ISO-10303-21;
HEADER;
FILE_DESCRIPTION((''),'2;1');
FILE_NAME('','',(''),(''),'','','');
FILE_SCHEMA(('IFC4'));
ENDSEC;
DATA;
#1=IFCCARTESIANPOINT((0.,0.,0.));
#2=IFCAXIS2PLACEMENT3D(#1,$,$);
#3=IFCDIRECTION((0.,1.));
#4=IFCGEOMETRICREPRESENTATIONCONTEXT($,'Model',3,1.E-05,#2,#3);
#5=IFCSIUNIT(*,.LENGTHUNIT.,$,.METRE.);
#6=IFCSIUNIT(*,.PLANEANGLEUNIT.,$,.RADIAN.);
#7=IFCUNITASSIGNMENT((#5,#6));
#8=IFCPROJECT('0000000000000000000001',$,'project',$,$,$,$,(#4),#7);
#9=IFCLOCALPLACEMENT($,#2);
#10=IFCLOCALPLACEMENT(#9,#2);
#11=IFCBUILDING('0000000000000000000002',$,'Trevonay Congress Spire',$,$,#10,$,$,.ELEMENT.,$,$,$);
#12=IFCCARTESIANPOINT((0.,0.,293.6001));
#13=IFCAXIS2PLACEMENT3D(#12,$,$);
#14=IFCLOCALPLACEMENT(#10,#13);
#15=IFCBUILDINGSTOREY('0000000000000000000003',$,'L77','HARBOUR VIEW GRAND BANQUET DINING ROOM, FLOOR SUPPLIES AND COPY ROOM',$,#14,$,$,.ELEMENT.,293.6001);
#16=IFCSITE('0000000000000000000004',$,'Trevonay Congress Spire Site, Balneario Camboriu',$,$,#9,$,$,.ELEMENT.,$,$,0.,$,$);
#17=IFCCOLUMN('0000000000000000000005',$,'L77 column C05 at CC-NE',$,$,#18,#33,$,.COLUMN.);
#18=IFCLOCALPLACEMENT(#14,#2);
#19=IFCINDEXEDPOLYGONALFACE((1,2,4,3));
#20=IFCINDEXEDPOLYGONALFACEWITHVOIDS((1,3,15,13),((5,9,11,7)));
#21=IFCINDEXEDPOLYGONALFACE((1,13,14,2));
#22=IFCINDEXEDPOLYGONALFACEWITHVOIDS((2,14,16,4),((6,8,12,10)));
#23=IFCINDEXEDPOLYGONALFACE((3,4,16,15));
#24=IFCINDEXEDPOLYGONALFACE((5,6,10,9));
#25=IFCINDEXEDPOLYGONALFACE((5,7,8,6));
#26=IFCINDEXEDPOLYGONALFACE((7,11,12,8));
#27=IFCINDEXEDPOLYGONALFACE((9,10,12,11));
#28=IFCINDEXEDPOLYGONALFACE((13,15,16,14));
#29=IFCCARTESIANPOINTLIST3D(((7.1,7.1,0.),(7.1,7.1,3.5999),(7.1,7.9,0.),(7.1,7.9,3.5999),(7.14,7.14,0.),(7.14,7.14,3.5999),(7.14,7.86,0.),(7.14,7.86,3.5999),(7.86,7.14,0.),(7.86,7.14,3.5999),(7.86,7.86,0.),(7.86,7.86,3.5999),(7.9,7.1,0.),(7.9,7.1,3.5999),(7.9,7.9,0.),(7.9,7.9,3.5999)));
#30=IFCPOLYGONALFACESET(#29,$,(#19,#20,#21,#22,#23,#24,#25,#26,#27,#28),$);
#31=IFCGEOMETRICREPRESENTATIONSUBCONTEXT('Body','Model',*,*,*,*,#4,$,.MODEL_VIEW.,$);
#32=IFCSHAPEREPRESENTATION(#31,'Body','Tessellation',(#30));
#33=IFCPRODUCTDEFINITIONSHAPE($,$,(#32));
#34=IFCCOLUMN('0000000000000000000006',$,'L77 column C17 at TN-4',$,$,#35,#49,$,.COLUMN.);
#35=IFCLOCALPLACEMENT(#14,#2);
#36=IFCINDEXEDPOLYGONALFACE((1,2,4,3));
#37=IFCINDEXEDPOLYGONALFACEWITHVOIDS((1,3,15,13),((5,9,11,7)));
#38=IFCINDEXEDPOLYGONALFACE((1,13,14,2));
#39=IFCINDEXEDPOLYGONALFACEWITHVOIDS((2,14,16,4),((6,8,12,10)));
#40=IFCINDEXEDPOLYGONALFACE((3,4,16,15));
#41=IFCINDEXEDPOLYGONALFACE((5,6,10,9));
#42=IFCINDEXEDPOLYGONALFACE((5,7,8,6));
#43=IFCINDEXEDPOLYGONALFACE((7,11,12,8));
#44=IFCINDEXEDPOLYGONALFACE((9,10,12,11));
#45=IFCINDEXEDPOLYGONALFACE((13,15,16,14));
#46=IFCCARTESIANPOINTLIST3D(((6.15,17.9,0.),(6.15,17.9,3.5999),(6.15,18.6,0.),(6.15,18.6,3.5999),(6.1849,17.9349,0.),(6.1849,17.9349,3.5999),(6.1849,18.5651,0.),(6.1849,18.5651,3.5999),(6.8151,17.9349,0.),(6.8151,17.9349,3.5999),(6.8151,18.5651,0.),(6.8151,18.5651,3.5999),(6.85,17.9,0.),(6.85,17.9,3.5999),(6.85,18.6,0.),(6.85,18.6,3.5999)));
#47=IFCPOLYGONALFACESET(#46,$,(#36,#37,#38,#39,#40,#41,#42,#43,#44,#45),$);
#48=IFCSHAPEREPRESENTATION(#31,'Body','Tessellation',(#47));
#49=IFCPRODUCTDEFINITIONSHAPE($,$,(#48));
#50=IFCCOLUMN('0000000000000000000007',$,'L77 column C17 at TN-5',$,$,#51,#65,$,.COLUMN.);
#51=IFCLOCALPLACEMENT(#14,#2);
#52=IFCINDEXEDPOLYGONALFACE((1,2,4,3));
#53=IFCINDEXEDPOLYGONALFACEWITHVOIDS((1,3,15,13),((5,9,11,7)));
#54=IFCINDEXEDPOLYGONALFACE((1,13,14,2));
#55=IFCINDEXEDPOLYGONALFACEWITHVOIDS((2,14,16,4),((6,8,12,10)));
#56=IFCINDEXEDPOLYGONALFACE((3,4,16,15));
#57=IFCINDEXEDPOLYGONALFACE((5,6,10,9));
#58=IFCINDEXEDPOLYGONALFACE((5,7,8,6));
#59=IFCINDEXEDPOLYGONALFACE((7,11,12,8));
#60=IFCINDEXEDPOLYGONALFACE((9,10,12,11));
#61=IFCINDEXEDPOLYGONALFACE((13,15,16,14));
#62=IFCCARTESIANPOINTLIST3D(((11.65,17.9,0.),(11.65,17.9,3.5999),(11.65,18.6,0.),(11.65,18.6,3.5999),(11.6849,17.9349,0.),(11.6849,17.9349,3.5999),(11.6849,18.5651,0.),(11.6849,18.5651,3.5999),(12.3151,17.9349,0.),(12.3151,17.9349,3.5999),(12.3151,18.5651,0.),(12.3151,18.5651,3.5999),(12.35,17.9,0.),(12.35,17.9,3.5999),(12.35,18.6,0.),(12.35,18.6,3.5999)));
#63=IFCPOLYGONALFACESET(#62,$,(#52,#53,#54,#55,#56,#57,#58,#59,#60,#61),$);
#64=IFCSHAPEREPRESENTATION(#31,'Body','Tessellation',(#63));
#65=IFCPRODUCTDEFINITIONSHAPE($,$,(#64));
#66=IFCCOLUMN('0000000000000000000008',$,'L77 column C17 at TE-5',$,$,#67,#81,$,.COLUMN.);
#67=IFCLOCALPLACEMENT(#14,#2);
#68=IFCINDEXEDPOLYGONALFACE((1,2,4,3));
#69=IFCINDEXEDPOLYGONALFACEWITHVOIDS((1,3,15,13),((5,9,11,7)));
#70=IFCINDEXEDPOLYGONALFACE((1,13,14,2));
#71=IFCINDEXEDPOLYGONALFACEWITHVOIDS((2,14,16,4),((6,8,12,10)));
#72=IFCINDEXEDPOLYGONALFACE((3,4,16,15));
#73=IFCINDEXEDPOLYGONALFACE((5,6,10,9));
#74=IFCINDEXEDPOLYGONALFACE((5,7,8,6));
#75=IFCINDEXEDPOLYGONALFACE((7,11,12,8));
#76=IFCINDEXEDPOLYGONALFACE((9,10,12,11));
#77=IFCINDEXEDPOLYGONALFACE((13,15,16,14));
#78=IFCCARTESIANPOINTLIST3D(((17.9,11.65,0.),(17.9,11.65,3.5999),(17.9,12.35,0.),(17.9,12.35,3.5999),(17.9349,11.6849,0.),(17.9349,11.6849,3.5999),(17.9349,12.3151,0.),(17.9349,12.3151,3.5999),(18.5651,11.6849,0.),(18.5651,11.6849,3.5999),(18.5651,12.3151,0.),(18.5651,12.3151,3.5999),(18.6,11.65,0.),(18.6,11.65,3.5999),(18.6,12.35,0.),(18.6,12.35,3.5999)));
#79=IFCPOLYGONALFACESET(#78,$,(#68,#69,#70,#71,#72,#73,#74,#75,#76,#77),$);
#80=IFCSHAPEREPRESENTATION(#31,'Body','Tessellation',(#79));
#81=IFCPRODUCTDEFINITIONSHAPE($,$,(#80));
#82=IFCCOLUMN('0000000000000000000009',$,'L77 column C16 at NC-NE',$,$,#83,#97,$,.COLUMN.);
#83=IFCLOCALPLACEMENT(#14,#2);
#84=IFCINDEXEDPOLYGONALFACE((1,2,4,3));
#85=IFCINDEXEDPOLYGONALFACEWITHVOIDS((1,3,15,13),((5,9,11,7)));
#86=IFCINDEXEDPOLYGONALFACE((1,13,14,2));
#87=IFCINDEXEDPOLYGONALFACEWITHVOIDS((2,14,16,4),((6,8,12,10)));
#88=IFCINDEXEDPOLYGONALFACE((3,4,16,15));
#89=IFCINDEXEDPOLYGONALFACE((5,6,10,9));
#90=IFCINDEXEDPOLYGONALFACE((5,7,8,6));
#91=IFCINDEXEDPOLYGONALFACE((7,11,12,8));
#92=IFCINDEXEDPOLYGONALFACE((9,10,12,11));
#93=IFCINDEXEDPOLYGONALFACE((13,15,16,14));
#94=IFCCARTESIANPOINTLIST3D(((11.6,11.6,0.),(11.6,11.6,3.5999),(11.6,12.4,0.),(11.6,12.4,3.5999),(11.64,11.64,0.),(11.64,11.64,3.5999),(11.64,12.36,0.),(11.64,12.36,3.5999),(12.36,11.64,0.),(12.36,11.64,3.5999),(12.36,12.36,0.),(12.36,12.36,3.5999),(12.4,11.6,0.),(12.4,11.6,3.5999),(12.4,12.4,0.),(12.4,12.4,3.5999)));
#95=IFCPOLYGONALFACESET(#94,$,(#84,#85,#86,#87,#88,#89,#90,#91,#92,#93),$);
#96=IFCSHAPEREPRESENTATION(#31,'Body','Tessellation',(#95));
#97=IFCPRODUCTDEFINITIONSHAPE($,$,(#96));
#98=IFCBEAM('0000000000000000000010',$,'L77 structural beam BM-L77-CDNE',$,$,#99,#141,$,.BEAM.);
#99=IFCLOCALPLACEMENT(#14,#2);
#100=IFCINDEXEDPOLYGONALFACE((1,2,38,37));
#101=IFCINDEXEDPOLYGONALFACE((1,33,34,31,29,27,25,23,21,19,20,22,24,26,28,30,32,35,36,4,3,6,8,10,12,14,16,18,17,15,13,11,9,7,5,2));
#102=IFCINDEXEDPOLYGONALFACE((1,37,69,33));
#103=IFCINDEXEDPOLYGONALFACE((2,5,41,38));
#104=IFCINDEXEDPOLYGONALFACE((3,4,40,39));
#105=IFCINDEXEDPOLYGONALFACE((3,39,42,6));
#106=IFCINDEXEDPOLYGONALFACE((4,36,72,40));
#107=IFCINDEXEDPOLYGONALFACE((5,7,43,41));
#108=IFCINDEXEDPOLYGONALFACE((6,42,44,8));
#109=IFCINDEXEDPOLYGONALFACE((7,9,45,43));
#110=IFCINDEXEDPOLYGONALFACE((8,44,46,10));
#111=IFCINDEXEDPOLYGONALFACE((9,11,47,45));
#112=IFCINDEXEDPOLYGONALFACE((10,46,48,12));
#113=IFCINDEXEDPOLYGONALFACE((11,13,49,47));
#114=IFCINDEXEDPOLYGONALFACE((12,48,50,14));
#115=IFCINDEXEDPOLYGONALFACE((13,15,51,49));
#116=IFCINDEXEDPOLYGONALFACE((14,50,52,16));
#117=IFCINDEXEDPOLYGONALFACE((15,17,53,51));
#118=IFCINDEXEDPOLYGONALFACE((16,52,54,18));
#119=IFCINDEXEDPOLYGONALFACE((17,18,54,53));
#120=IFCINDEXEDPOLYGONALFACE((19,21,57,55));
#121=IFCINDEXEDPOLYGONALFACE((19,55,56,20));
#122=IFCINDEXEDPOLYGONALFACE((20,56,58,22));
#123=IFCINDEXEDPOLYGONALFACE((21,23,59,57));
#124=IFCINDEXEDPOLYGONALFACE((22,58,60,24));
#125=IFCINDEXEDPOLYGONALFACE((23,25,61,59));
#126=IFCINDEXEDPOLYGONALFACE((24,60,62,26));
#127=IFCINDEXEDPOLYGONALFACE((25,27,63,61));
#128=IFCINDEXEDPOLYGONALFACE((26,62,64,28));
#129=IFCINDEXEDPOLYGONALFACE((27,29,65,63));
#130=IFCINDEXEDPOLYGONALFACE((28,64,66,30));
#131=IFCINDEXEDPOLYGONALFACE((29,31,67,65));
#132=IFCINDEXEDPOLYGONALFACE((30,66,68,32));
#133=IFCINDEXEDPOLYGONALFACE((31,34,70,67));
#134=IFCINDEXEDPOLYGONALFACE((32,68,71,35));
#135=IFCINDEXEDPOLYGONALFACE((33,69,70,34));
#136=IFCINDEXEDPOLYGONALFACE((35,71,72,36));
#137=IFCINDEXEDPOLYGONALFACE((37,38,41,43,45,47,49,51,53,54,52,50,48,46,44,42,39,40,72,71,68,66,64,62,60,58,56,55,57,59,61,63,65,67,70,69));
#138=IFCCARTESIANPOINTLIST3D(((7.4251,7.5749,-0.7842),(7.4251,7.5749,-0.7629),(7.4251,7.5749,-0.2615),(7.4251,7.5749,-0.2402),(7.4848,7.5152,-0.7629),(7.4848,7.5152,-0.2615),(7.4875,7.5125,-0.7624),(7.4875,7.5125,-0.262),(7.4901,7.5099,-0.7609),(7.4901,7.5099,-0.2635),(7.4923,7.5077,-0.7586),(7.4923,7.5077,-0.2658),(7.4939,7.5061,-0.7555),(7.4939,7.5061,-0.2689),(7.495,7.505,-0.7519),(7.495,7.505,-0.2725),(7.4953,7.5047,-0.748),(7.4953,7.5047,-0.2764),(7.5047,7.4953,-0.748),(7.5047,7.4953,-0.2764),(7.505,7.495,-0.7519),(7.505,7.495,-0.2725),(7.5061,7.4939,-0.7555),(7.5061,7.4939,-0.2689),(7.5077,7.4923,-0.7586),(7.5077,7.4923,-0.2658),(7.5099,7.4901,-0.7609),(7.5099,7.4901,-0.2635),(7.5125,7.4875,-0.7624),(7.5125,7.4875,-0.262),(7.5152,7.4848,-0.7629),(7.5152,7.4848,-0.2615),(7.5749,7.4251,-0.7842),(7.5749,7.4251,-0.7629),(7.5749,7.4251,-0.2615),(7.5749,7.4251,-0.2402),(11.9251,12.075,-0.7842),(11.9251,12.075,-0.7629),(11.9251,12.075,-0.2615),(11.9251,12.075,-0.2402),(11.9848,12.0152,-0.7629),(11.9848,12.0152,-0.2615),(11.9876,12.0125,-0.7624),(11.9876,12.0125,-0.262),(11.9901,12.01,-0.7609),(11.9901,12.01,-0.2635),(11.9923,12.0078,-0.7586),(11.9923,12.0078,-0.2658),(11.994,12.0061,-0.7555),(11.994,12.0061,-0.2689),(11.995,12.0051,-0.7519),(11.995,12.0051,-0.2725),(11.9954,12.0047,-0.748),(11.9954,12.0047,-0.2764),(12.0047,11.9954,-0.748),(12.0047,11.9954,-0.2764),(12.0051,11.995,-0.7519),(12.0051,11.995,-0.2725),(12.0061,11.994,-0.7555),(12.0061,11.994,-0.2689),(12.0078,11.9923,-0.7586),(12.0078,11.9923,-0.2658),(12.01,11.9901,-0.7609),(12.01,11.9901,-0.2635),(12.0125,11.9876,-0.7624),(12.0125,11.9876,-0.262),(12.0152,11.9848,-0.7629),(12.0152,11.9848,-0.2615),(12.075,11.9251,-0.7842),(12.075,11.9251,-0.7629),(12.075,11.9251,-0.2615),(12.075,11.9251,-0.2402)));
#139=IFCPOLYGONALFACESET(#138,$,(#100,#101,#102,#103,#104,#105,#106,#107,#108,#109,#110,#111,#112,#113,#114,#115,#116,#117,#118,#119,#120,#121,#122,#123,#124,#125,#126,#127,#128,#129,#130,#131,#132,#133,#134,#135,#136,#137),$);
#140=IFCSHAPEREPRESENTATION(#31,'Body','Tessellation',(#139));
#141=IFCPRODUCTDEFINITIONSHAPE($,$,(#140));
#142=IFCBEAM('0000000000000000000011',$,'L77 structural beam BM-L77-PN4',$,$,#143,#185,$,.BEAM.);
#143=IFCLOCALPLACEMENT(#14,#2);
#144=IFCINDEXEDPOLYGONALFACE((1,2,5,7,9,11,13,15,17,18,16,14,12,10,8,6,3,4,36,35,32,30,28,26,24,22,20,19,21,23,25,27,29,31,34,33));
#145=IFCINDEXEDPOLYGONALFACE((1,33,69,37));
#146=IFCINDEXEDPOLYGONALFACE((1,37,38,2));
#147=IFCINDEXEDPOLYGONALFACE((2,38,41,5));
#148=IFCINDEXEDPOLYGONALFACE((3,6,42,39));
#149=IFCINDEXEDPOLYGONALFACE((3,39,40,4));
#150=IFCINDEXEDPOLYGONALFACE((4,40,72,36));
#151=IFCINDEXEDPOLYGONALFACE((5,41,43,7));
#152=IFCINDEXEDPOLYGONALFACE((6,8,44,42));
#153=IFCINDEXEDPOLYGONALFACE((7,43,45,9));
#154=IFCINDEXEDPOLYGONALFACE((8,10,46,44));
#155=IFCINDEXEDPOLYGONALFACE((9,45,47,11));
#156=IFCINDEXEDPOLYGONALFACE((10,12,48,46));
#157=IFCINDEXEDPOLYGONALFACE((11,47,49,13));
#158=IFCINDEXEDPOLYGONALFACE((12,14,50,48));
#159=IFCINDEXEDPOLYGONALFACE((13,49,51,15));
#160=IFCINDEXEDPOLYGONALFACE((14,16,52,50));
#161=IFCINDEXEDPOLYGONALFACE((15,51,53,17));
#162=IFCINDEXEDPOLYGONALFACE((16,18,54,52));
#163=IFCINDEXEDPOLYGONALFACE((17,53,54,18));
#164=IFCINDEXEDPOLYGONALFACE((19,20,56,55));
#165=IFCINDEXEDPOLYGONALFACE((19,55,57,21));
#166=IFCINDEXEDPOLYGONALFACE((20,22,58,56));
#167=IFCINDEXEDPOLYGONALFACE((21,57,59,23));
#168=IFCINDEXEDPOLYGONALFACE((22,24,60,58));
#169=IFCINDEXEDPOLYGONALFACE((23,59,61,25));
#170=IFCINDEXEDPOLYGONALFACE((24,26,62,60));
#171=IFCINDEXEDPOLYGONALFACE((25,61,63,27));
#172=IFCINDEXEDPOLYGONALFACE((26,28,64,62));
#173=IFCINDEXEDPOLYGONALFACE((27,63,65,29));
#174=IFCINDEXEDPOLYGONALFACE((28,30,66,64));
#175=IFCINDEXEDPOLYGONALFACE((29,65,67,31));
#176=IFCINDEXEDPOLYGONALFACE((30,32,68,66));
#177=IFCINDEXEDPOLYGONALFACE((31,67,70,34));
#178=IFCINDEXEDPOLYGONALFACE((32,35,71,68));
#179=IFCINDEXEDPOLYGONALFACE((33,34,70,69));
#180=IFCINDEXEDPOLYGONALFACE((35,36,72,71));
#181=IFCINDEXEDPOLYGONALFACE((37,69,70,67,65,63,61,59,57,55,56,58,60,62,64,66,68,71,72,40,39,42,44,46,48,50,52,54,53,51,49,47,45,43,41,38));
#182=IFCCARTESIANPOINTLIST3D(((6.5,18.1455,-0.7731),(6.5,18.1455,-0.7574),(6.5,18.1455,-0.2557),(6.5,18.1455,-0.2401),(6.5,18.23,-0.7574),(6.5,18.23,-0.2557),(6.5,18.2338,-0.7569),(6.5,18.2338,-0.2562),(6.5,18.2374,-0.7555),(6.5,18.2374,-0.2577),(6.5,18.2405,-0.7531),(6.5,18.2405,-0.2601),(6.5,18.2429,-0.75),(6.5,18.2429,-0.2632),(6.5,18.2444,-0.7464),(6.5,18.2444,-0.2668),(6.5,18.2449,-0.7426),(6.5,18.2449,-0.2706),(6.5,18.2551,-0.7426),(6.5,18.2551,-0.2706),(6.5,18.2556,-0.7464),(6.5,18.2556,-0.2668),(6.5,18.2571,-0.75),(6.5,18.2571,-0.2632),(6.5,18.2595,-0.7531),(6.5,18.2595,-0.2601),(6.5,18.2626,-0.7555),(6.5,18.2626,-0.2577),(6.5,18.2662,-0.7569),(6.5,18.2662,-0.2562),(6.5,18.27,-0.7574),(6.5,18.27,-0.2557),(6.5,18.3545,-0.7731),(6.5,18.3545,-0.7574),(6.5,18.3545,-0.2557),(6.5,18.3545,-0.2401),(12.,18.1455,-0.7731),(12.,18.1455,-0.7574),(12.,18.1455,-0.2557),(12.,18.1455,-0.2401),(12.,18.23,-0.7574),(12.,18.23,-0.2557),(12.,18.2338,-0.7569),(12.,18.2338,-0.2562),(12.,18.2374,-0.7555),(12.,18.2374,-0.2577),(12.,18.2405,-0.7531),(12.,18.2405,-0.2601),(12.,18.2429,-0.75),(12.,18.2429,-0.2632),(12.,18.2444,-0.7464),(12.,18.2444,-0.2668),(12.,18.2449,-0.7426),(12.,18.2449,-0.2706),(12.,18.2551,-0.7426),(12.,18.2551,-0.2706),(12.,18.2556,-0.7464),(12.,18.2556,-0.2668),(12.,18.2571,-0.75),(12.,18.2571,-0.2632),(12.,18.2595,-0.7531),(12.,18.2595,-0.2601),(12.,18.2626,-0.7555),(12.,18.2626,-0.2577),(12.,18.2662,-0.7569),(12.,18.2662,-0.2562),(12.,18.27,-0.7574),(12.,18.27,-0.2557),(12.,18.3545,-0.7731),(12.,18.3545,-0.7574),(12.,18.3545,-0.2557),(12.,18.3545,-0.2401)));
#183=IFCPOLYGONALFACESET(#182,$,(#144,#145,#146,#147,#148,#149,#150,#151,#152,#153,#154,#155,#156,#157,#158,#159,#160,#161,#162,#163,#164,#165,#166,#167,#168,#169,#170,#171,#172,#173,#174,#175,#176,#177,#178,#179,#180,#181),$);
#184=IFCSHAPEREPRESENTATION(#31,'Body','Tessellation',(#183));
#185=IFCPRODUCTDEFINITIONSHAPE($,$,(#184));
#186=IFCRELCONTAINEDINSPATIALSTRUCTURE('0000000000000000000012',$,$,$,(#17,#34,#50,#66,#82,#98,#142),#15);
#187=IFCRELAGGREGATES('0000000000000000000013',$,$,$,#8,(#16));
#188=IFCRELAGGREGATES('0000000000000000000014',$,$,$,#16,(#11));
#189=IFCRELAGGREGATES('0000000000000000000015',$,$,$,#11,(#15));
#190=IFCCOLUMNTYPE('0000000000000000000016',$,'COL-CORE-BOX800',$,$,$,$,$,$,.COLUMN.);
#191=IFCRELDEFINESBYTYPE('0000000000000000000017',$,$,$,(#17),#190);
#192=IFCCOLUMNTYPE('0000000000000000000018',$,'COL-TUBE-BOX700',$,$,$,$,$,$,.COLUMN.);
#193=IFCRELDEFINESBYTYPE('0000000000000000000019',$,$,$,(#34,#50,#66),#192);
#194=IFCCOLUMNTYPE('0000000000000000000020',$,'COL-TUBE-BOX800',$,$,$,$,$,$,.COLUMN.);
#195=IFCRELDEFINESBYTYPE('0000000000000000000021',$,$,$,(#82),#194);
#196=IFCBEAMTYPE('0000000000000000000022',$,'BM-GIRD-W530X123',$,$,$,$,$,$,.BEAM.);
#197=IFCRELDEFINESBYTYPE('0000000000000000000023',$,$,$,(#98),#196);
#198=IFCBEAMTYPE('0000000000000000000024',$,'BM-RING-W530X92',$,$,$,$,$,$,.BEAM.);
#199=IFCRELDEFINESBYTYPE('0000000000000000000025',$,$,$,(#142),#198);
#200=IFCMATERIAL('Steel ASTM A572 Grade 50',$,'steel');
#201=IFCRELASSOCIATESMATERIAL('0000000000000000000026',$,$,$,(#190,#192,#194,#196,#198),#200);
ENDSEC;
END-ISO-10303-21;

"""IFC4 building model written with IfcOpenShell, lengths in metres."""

from ifc_helpers import new_model, si_unit, direction, frame, origin, origin_2d, place, context, subcontext, project, spatial, hollow_rectangle, i_section, extrude, material, material_profile, profile_set, type_object, element, save


model = new_model("IFC4")

# Units and contexts
model_context = context("Model", 3, precision=1e-05, world=origin(), true_north=direction((0.0, 1.0)))
body_context = subcontext(model_context, "Body", "Model", "MODEL_VIEW")
ifc_project = project(units=[si_unit("LENGTHUNIT", "METRE"), si_unit("PLANEANGLEUNIT", "RADIAN")], contexts=[model_context])

# Site, building, storey
site_placement = place(None, origin())
site = spatial("IfcSite", under=ifc_project, at=site_placement, Name="Trevonay Congress Spire Site, Balneario Camboriu", CompositionType="ELEMENT", RefElevation=0.0)
building_placement = place(site_placement, origin())
building = spatial("IfcBuilding", under=site, at=building_placement, Name="Trevonay Congress Spire", CompositionType="ELEMENT")
storey_placement = place(building_placement, frame((0.0, 0.0, 293.6001)))
storey = spatial("IfcBuildingStorey", under=building, at=storey_placement, Name="L77", Description="HARBOUR VIEW GRAND BANQUET DINING ROOM, FLOOR SUPPLIES AND COPY ROOM", CompositionType="ELEMENT", Elevation=293.6001)

# Columns
ifc_material_1 = material(Name="Steel ASTM A572 Grade 50", Category="steel")
ifc_material_profile_1 = material_profile(ifc_material_1, hollow_rectangle(XDim=0.8, YDim=0.8, WallThickness=0.04, at=origin_2d()), Name="BOX 800x800x40")
ifc_profile_set_1 = profile_set([ifc_material_profile_1], Name="Steel ASTM A572 Grade 50")
column_type_1 = type_object("IfcColumnType", Name="COL-CORE-BOX800", PredefinedType="COLUMN", material=ifc_profile_set_1)
column_1_placement = place(storey_placement, frame((7.5, 7.5, 0.0), z_axis=(0.0, 0.0, 1.0), x_axis=(1.0, 0.0, 0.0)))
element("IfcColumn", 1, at=column_1_placement, inside=storey, type_object=column_type_1, Name="L77 column C05 at CC-NE", PredefinedType="COLUMN", context=body_context, shape_type="SweptSolid", body=[
    extrude(hollow_rectangle(XDim=0.8, YDim=0.8, WallThickness=0.04, at=origin_2d()), origin(), (0.0, 0.0, 1.0), 3.5999),
])
ifc_material_profile_2 = material_profile(ifc_material_1, hollow_rectangle(XDim=0.7, YDim=0.7, WallThickness=0.0349, at=origin_2d()), Name="BOX 700x700x35")
ifc_profile_set_2 = profile_set([ifc_material_profile_2], Name="Steel ASTM A572 Grade 50")
column_type_2 = type_object("IfcColumnType", Name="COL-TUBE-BOX700", PredefinedType="COLUMN", material=ifc_profile_set_2)
for number, where, z_axis, x_axis, name in (
    (2, (6.5, 18.25, 0.0), (0.0, 0.0, 1.0), (1.0, 0.0, 0.0), "L77 column C17 at TN-4"),
    (3, (12.0, 18.25, 0.0), (0.0, 0.0, 1.0), (1.0, 0.0, 0.0), "L77 column C17 at TN-5"),
    (4, (18.25, 12.0, 0.0), (0.0, 0.0, 1.0), (1.0, 0.0, 0.0), "L77 column C17 at TE-5"),
):
    element("IfcColumn", number, at=place(storey_placement, frame(where, z_axis=z_axis, x_axis=x_axis)), inside=storey, type_object=column_type_2, Name=name, PredefinedType="COLUMN", context=body_context, shape_type="SweptSolid", body=[
        extrude(hollow_rectangle(XDim=0.7, YDim=0.7, WallThickness=0.0349, at=origin_2d()), origin(), (0.0, 0.0, 1.0), 3.5999),
    ])
ifc_material_profile_3 = material_profile(ifc_material_1, hollow_rectangle(XDim=0.8, YDim=0.8, WallThickness=0.04, at=origin_2d()), Name="BOX 800x800x40")
ifc_profile_set_3 = profile_set([ifc_material_profile_3], Name="Steel ASTM A572 Grade 50")
column_type_3 = type_object("IfcColumnType", Name="COL-TUBE-BOX800", PredefinedType="COLUMN", material=ifc_profile_set_3)
column_2_placement = place(storey_placement, frame((12.0, 12.0, 0.0), z_axis=(0.0, 0.0, 1.0), x_axis=(1.0, 0.0, 0.0)))
element("IfcColumn", 5, at=column_2_placement, inside=storey, type_object=column_type_3, Name="L77 column C16 at NC-NE", PredefinedType="COLUMN", context=body_context, shape_type="SweptSolid", body=[
    extrude(hollow_rectangle(XDim=0.8, YDim=0.8, WallThickness=0.04, at=origin_2d()), origin(), (0.0, 0.0, 1.0), 3.5999),
])

# Beams
ifc_material_profile_4 = material_profile(ifc_material_1, i_section(OverallWidth=0.2119, OverallDepth=0.5439, WebThickness=0.0132, FlangeThickness=0.0212, FilletRadius=0.0149, at=origin_2d()), Name="W530x123")
ifc_profile_set_4 = profile_set([ifc_material_profile_4], Name="Steel ASTM A572 Grade 50")
beam_type_1 = type_object("IfcBeamType", Name="BM-GIRD-W530X123", PredefinedType="BEAM", material=ifc_profile_set_4)
beam_1_placement = place(storey_placement, frame((7.5, 7.5, -0.5122), z_axis=(0.707107, 0.707107, 0.0), x_axis=(-0.707107, 0.707107, 0.0)))
element("IfcBeam", 6, at=beam_1_placement, inside=storey, type_object=beam_type_1, Name="L77 structural beam BM-L77-CDNE", PredefinedType="BEAM", context=body_context, shape_type="SweptSolid", body=[
    extrude(i_section(OverallWidth=0.2119, OverallDepth=0.5439, WebThickness=0.0132, FlangeThickness=0.0212, FilletRadius=0.0149, at=origin_2d()), origin(), (0.0, 0.0, 1.0), 6.364),
])
ifc_material_profile_5 = material_profile(ifc_material_1, i_section(OverallWidth=0.209, OverallDepth=0.533, WebThickness=0.0103, FlangeThickness=0.0156, FilletRadius=0.0149, at=origin_2d()), Name="W530x92")
ifc_profile_set_5 = profile_set([ifc_material_profile_5], Name="Steel ASTM A572 Grade 50")
beam_type_2 = type_object("IfcBeamType", Name="BM-RING-W530X92", PredefinedType="BEAM", material=ifc_profile_set_5)
beam_2_placement = place(storey_placement, frame((6.5, 18.25, -0.5066), z_axis=(1.0, 0.0, 0.0), x_axis=(0.0, 1.0, 0.0)))
element("IfcBeam", 7, at=beam_2_placement, inside=storey, type_object=beam_type_2, Name="L77 structural beam BM-L77-PN4", PredefinedType="BEAM", context=body_context, shape_type="SweptSolid", body=[
    extrude(i_section(OverallWidth=0.209, OverallDepth=0.533, WebThickness=0.0103, FlangeThickness=0.0156, FilletRadius=0.0149, at=origin_2d()), origin(), (0.0, 0.0, 1.0), 5.5),
])

save(model, "model.ifc")
